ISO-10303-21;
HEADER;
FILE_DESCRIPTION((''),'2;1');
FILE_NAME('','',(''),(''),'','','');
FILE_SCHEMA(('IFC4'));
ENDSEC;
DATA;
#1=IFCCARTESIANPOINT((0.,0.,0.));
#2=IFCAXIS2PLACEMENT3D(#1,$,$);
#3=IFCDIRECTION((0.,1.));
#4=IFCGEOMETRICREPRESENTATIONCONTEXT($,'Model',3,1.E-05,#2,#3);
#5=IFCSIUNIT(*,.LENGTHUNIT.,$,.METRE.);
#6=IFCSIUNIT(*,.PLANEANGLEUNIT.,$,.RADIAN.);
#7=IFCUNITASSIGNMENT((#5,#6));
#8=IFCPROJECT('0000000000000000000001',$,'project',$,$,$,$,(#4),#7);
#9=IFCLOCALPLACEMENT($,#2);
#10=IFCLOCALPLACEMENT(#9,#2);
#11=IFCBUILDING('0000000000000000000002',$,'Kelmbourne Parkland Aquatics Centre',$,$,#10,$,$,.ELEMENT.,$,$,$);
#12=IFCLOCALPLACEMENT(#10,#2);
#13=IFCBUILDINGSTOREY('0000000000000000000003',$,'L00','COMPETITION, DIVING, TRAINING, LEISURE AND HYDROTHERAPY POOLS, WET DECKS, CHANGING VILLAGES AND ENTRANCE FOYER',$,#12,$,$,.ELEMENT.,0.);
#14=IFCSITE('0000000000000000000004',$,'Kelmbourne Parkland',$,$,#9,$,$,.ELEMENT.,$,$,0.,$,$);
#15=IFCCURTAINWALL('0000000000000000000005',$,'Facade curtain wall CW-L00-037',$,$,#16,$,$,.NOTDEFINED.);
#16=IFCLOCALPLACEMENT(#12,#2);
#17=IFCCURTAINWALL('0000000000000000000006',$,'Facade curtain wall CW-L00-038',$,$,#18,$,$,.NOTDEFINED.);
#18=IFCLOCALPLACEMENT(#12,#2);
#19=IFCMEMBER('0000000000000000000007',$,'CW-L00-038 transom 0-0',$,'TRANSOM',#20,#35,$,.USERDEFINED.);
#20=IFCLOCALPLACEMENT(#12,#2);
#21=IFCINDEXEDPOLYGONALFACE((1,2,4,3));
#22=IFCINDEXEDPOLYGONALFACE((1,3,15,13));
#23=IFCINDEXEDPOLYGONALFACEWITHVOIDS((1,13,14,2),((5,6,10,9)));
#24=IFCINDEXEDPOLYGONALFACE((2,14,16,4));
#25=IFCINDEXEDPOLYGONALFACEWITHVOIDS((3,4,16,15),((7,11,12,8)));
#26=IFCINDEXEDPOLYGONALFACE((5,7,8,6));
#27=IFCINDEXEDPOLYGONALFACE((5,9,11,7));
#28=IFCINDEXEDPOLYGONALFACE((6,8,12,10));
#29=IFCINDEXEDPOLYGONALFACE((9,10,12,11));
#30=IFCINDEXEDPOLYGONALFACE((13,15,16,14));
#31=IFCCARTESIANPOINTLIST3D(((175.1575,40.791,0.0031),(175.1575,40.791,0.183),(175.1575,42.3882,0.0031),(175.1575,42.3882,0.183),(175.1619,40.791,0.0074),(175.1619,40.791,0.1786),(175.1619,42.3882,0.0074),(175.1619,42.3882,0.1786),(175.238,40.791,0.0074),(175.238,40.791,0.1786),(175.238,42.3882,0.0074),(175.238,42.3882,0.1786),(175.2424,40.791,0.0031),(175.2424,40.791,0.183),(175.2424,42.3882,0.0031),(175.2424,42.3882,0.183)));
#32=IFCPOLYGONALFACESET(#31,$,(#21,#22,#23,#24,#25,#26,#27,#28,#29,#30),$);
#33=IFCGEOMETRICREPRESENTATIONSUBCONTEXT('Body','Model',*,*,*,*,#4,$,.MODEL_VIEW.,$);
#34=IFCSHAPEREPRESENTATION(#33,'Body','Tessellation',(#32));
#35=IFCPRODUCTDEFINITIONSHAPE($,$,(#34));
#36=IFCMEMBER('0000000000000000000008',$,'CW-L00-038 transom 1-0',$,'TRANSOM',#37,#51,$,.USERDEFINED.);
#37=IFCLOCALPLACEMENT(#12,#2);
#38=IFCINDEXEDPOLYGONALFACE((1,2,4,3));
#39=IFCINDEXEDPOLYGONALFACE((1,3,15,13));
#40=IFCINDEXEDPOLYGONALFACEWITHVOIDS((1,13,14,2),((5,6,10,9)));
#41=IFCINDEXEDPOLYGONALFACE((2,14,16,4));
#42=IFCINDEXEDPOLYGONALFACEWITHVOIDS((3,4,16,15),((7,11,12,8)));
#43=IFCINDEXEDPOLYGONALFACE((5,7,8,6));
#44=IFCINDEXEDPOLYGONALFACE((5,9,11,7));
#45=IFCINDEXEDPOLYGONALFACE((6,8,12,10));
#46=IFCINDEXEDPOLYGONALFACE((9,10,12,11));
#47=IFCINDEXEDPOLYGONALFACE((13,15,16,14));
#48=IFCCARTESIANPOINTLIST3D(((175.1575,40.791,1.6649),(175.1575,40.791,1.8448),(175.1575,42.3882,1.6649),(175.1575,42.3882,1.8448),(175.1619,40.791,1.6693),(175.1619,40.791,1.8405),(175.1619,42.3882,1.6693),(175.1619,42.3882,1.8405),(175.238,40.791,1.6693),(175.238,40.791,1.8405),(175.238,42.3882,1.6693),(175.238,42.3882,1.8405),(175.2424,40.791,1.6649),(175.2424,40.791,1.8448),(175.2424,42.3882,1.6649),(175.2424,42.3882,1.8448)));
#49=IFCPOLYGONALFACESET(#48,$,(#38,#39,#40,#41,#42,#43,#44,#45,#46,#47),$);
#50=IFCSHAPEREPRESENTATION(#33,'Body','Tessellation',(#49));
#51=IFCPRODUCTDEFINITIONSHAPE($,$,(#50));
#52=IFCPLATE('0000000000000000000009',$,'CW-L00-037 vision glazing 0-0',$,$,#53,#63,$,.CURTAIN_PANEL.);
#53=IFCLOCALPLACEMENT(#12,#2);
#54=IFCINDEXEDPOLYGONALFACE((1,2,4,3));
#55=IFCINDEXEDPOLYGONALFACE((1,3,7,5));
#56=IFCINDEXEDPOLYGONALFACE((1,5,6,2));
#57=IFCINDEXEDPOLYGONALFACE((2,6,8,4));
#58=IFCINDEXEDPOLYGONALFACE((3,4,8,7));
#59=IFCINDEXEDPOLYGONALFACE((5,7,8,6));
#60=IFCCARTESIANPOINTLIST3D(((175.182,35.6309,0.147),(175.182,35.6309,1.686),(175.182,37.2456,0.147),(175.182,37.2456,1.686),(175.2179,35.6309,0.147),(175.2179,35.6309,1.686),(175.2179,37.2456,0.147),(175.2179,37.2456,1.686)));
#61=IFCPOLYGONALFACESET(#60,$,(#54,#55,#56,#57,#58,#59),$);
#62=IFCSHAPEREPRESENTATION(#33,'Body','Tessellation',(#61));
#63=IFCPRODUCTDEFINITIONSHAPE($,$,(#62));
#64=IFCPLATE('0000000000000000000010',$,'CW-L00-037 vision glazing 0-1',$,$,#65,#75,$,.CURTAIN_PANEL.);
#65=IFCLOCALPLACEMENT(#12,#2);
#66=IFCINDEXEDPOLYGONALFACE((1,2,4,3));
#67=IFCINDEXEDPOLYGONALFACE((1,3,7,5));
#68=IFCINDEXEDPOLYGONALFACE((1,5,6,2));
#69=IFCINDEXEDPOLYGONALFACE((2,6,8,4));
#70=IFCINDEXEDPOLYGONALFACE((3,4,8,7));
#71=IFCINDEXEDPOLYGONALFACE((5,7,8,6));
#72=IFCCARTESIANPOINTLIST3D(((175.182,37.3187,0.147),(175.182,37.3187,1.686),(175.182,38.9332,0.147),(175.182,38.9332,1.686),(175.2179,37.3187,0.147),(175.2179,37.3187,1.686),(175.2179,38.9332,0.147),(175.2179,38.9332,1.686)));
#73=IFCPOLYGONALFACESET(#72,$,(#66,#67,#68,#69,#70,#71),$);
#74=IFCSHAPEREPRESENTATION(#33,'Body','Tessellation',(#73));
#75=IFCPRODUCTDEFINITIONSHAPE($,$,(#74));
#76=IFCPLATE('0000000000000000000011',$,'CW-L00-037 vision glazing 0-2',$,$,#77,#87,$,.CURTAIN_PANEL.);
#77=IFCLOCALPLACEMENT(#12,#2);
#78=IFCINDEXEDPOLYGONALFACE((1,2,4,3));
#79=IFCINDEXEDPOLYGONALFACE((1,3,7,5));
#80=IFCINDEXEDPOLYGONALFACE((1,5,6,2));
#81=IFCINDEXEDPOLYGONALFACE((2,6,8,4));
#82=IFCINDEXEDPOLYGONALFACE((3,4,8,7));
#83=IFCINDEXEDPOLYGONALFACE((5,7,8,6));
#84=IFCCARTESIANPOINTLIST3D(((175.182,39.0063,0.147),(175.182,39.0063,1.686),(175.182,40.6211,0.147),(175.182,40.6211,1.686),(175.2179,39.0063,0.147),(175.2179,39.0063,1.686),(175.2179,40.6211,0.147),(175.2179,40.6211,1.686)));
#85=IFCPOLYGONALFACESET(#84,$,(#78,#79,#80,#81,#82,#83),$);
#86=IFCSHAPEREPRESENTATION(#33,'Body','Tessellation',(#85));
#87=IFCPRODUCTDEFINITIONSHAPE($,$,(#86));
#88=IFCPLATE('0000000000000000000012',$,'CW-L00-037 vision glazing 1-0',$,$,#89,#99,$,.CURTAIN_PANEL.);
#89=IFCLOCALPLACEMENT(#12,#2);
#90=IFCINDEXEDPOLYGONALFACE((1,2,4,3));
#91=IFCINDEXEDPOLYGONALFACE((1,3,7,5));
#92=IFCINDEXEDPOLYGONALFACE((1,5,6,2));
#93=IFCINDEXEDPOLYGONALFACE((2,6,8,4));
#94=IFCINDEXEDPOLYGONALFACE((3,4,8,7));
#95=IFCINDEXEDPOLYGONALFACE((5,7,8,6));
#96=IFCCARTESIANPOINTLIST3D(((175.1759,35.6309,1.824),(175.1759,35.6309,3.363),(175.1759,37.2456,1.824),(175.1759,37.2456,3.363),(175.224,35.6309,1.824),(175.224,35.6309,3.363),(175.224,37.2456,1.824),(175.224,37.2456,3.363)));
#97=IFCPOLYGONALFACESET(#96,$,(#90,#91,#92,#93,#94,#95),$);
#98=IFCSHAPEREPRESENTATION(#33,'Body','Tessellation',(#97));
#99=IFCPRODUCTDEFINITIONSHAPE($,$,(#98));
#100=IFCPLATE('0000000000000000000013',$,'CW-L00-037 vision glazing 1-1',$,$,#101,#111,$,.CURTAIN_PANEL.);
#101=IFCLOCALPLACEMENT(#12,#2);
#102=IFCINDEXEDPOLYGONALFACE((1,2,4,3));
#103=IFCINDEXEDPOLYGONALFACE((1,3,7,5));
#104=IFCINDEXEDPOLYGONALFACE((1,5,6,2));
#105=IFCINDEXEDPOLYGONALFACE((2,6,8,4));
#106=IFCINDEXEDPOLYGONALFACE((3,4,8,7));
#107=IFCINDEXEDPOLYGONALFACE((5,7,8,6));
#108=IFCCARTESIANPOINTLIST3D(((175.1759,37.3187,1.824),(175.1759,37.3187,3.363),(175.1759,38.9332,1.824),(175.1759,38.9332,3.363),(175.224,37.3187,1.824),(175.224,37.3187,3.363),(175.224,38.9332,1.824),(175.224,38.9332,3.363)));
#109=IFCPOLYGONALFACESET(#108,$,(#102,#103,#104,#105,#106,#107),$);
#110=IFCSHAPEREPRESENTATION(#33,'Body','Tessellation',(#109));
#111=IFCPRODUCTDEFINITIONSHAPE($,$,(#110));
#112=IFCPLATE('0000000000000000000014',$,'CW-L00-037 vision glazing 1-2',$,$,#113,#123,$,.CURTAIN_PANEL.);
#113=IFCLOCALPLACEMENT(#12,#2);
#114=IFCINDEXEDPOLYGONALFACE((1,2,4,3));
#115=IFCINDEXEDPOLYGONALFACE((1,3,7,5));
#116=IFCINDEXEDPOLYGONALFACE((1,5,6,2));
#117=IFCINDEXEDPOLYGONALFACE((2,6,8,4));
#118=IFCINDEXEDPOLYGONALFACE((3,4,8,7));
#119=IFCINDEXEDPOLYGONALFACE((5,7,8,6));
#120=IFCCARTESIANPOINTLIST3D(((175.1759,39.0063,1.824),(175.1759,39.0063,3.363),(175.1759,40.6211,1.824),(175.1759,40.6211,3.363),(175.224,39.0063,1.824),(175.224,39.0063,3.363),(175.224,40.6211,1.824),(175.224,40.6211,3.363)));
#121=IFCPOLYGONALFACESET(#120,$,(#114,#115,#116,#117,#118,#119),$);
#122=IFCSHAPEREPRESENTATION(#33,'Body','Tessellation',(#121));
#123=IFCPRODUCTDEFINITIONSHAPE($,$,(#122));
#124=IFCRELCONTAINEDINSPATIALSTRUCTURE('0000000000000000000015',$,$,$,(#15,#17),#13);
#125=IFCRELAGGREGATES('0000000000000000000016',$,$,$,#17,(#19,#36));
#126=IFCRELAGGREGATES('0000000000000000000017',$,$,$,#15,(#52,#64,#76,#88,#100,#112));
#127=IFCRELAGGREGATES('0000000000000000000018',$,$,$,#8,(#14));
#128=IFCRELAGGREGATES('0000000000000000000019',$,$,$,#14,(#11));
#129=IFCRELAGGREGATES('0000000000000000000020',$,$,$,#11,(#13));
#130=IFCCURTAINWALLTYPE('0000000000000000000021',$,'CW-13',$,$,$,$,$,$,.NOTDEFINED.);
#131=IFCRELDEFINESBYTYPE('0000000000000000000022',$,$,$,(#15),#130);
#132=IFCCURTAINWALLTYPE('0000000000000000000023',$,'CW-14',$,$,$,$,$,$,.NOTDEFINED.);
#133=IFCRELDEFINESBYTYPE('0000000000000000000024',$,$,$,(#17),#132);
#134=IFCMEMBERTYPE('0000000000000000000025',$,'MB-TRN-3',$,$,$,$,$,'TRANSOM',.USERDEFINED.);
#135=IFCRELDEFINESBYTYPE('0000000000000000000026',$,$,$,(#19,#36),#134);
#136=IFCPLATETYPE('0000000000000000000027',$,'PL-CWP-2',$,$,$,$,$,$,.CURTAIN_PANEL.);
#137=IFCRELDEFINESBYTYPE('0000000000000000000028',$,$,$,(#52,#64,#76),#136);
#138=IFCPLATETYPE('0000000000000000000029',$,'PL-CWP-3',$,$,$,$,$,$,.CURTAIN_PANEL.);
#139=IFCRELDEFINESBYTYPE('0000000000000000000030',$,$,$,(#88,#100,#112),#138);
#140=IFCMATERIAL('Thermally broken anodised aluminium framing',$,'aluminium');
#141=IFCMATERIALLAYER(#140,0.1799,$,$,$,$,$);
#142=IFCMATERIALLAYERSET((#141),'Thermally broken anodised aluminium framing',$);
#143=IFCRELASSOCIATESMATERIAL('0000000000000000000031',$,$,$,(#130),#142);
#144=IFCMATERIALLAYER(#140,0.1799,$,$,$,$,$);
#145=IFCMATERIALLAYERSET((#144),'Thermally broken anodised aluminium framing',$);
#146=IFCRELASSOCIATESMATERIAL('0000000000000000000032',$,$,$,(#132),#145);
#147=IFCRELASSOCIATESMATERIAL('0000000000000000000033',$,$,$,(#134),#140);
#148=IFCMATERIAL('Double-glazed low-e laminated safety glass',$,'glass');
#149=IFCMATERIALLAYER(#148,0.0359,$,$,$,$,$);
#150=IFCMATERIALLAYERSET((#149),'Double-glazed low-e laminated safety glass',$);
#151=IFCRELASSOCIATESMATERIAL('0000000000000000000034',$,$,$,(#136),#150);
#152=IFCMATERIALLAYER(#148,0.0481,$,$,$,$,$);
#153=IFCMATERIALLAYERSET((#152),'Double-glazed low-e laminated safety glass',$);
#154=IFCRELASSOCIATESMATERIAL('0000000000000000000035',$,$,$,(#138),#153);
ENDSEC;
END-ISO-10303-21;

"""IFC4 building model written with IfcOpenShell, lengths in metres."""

from ifc_helpers import new_model, si_unit, direction, frame, origin, origin_2d, place, context, subcontext, project, spatial, rectangle, hollow_rectangle, extrude, material, layer, layer_set, material_profile, profile_set, type_object, element, aggregate, save


model = new_model("IFC4")

# Units and contexts
model_context = context("Model", 3, precision=1e-05, world=origin(), true_north=direction((0.0, 1.0)))
body_context = subcontext(model_context, "Body", "Model", "MODEL_VIEW")
ifc_project = project(units=[si_unit("LENGTHUNIT", "METRE"), si_unit("PLANEANGLEUNIT", "RADIAN")], contexts=[model_context])

# Site, building, storey
site_placement = place(None, origin())
site = spatial("IfcSite", under=ifc_project, at=site_placement, Name="Kelmbourne Parkland", CompositionType="ELEMENT", RefElevation=0.0)
building_placement = place(site_placement, origin())
building = spatial("IfcBuilding", under=site, at=building_placement, Name="Kelmbourne Parkland Aquatics Centre", CompositionType="ELEMENT")
storey_placement = place(building_placement, origin())
storey = spatial("IfcBuildingStorey", under=building, at=storey_placement, Name="L00", Description="COMPETITION, DIVING, TRAINING, LEISURE AND HYDROTHERAPY POOLS, WET DECKS, CHANGING VILLAGES AND ENTRANCE FOYER", CompositionType="ELEMENT", Elevation=0.0)

# Curtain wall
ifc_material_1 = material(Name="Thermally broken anodised aluminium framing", Category="aluminium")
ifc_layer_1 = layer(ifc_material_1, 0.1799)
ifc_layer_set_1 = layer_set([ifc_layer_1], Name="Thermally broken anodised aluminium framing")
curtain_wall_type_1 = type_object("IfcCurtainWallType", Name="CW-13", PredefinedType="NOTDEFINED", material=ifc_layer_set_1)
curtain_wall_1_placement = place(storey_placement, origin())
curtain_wall_1 = element("IfcCurtainWall", 1, at=curtain_wall_1_placement, inside=storey, type_object=curtain_wall_type_1, Name="Facade curtain wall CW-L00-037", PredefinedType="NOTDEFINED")

# Curtain wall
ifc_layer_2 = layer(ifc_material_1, 0.1799)
ifc_layer_set_2 = layer_set([ifc_layer_2], Name="Thermally broken anodised aluminium framing")
curtain_wall_type_2 = type_object("IfcCurtainWallType", Name="CW-14", PredefinedType="NOTDEFINED", material=ifc_layer_set_2)
curtain_wall_2_placement = place(storey_placement, origin())
curtain_wall_2 = element("IfcCurtainWall", 2, at=curtain_wall_2_placement, inside=storey, type_object=curtain_wall_type_2, Name="Facade curtain wall CW-L00-038", PredefinedType="NOTDEFINED")

# Members
ifc_material_profile_1 = material_profile(ifc_material_1, hollow_rectangle(XDim=0.085, YDim=0.1799, WallThickness=0.0044, at=origin_2d()), Name="CW-T 85x180")
ifc_profile_set_1 = profile_set([ifc_material_profile_1], Name="Thermally broken anodised aluminium framing")
member_type_1 = type_object("IfcMemberType", Name="MB-TRN-3", ElementType="TRANSOM", PredefinedType="USERDEFINED", material=ifc_profile_set_1)
member_1_placement = place(storey_placement, frame((175.2, 40.791, 0.093), z_axis=(0.0, 1.0, 0.0), x_axis=(-1.0, 0.0, 0.0)))
member_1 = element("IfcMember", 3, at=member_1_placement, type_object=member_type_1, Name="CW-L00-038 transom 0-0", ObjectType="TRANSOM", PredefinedType="USERDEFINED", context=body_context, shape_type="SweptSolid", body=[
    extrude(hollow_rectangle(XDim=0.085, YDim=0.1799, WallThickness=0.0044, at=origin_2d()), origin(), (0.0, 0.0, 1.0), 1.5972),
])
member_2_placement = place(storey_placement, frame((175.2, 40.791, 1.7549), z_axis=(0.0, 1.0, 0.0), x_axis=(-1.0, 0.0, 0.0)))
member_2 = element("IfcMember", 4, at=member_2_placement, type_object=member_type_1, Name="CW-L00-038 transom 1-0", ObjectType="TRANSOM", PredefinedType="USERDEFINED", context=body_context, shape_type="SweptSolid", body=[
    extrude(hollow_rectangle(XDim=0.085, YDim=0.1799, WallThickness=0.0044, at=origin_2d()), origin(), (0.0, 0.0, 1.0), 1.5972),
])
aggregate(curtain_wall_2, [member_1, member_2])

# Plates
ifc_material_2 = material(Name="Double-glazed low-e laminated safety glass", Category="glass")
ifc_layer_3 = layer(ifc_material_2, 0.0359)
ifc_layer_set_3 = layer_set([ifc_layer_3], Name="Double-glazed low-e laminated safety glass")
plate_type_1 = type_object("IfcPlateType", Name="PL-CWP-2", PredefinedType="CURTAIN_PANEL", material=ifc_layer_set_3)
plate_1_placement = place(storey_placement, frame((175.2, 36.4382, 0.147), z_axis=(0.0, 0.0, 1.0), x_axis=(0.0, 1.0, 0.0)))
plate_1 = element("IfcPlate", 5, at=plate_1_placement, type_object=plate_type_1, Name="CW-L00-037 vision glazing 0-0", PredefinedType="CURTAIN_PANEL", context=body_context, shape_type="SweptSolid", body=[
    extrude(rectangle(XDim=1.6147, YDim=0.0359, at=origin_2d()), origin(), (0.0, 0.0, 1.0), 1.5391),
])
plate_2_placement = place(storey_placement, frame((175.2, 38.126, 0.147), z_axis=(0.0, 0.0, 1.0), x_axis=(0.0, 1.0, 0.0)))
plate_2 = element("IfcPlate", 6, at=plate_2_placement, type_object=plate_type_1, Name="CW-L00-037 vision glazing 0-1", PredefinedType="CURTAIN_PANEL", context=body_context, shape_type="SweptSolid", body=[
    extrude(rectangle(XDim=1.6145, YDim=0.0359, at=origin_2d()), origin(), (0.0, 0.0, 1.0), 1.5391),
])
plate_3_placement = place(storey_placement, frame((175.2, 39.8137, 0.147), z_axis=(0.0, 0.0, 1.0), x_axis=(0.0, 1.0, 0.0)))
plate_3 = element("IfcPlate", 7, at=plate_3_placement, type_object=plate_type_1, Name="CW-L00-037 vision glazing 0-2", PredefinedType="CURTAIN_PANEL", context=body_context, shape_type="SweptSolid", body=[
    extrude(rectangle(XDim=1.6147, YDim=0.0359, at=origin_2d()), origin(), (0.0, 0.0, 1.0), 1.5391),
])
ifc_layer_4 = layer(ifc_material_2, 0.0481)
ifc_layer_set_4 = layer_set([ifc_layer_4], Name="Double-glazed low-e laminated safety glass")
plate_type_2 = type_object("IfcPlateType", Name="PL-CWP-3", PredefinedType="CURTAIN_PANEL", material=ifc_layer_set_4)
plate_4_placement = place(storey_placement, frame((175.2, 36.4382, 1.824), z_axis=(0.0, 0.0, 1.0), x_axis=(0.0, 1.0, 0.0)))
plate_4 = element("IfcPlate", 8, at=plate_4_placement, type_object=plate_type_2, Name="CW-L00-037 vision glazing 1-0", PredefinedType="CURTAIN_PANEL", context=body_context, shape_type="SweptSolid", body=[
    extrude(rectangle(XDim=1.6147, YDim=0.0481, at=origin_2d()), origin(), (0.0, 0.0, 1.0), 1.5391),
])
plate_5_placement = place(storey_placement, frame((175.2, 38.126, 1.824), z_axis=(0.0, 0.0, 1.0), x_axis=(0.0, 1.0, 0.0)))
plate_5 = element("IfcPlate", 9, at=plate_5_placement, type_object=plate_type_2, Name="CW-L00-037 vision glazing 1-1", PredefinedType="CURTAIN_PANEL", context=body_context, shape_type="SweptSolid", body=[
    extrude(rectangle(XDim=1.6145, YDim=0.0481, at=origin_2d()), origin(), (0.0, 0.0, 1.0), 1.5391),
])
plate_6_placement = place(storey_placement, frame((175.2, 39.8137, 1.824), z_axis=(0.0, 0.0, 1.0), x_axis=(0.0, 1.0, 0.0)))
plate_6 = element("IfcPlate", 10, at=plate_6_placement, type_object=plate_type_2, Name="CW-L00-037 vision glazing 1-2", PredefinedType="CURTAIN_PANEL", context=body_context, shape_type="SweptSolid", body=[
    extrude(rectangle(XDim=1.6147, YDim=0.0481, at=origin_2d()), origin(), (0.0, 0.0, 1.0), 1.5391),
])
aggregate(curtain_wall_1, [plate_1, plate_2, plate_3, plate_4, plate_5, plate_6])

save(model, "model.ifc")
